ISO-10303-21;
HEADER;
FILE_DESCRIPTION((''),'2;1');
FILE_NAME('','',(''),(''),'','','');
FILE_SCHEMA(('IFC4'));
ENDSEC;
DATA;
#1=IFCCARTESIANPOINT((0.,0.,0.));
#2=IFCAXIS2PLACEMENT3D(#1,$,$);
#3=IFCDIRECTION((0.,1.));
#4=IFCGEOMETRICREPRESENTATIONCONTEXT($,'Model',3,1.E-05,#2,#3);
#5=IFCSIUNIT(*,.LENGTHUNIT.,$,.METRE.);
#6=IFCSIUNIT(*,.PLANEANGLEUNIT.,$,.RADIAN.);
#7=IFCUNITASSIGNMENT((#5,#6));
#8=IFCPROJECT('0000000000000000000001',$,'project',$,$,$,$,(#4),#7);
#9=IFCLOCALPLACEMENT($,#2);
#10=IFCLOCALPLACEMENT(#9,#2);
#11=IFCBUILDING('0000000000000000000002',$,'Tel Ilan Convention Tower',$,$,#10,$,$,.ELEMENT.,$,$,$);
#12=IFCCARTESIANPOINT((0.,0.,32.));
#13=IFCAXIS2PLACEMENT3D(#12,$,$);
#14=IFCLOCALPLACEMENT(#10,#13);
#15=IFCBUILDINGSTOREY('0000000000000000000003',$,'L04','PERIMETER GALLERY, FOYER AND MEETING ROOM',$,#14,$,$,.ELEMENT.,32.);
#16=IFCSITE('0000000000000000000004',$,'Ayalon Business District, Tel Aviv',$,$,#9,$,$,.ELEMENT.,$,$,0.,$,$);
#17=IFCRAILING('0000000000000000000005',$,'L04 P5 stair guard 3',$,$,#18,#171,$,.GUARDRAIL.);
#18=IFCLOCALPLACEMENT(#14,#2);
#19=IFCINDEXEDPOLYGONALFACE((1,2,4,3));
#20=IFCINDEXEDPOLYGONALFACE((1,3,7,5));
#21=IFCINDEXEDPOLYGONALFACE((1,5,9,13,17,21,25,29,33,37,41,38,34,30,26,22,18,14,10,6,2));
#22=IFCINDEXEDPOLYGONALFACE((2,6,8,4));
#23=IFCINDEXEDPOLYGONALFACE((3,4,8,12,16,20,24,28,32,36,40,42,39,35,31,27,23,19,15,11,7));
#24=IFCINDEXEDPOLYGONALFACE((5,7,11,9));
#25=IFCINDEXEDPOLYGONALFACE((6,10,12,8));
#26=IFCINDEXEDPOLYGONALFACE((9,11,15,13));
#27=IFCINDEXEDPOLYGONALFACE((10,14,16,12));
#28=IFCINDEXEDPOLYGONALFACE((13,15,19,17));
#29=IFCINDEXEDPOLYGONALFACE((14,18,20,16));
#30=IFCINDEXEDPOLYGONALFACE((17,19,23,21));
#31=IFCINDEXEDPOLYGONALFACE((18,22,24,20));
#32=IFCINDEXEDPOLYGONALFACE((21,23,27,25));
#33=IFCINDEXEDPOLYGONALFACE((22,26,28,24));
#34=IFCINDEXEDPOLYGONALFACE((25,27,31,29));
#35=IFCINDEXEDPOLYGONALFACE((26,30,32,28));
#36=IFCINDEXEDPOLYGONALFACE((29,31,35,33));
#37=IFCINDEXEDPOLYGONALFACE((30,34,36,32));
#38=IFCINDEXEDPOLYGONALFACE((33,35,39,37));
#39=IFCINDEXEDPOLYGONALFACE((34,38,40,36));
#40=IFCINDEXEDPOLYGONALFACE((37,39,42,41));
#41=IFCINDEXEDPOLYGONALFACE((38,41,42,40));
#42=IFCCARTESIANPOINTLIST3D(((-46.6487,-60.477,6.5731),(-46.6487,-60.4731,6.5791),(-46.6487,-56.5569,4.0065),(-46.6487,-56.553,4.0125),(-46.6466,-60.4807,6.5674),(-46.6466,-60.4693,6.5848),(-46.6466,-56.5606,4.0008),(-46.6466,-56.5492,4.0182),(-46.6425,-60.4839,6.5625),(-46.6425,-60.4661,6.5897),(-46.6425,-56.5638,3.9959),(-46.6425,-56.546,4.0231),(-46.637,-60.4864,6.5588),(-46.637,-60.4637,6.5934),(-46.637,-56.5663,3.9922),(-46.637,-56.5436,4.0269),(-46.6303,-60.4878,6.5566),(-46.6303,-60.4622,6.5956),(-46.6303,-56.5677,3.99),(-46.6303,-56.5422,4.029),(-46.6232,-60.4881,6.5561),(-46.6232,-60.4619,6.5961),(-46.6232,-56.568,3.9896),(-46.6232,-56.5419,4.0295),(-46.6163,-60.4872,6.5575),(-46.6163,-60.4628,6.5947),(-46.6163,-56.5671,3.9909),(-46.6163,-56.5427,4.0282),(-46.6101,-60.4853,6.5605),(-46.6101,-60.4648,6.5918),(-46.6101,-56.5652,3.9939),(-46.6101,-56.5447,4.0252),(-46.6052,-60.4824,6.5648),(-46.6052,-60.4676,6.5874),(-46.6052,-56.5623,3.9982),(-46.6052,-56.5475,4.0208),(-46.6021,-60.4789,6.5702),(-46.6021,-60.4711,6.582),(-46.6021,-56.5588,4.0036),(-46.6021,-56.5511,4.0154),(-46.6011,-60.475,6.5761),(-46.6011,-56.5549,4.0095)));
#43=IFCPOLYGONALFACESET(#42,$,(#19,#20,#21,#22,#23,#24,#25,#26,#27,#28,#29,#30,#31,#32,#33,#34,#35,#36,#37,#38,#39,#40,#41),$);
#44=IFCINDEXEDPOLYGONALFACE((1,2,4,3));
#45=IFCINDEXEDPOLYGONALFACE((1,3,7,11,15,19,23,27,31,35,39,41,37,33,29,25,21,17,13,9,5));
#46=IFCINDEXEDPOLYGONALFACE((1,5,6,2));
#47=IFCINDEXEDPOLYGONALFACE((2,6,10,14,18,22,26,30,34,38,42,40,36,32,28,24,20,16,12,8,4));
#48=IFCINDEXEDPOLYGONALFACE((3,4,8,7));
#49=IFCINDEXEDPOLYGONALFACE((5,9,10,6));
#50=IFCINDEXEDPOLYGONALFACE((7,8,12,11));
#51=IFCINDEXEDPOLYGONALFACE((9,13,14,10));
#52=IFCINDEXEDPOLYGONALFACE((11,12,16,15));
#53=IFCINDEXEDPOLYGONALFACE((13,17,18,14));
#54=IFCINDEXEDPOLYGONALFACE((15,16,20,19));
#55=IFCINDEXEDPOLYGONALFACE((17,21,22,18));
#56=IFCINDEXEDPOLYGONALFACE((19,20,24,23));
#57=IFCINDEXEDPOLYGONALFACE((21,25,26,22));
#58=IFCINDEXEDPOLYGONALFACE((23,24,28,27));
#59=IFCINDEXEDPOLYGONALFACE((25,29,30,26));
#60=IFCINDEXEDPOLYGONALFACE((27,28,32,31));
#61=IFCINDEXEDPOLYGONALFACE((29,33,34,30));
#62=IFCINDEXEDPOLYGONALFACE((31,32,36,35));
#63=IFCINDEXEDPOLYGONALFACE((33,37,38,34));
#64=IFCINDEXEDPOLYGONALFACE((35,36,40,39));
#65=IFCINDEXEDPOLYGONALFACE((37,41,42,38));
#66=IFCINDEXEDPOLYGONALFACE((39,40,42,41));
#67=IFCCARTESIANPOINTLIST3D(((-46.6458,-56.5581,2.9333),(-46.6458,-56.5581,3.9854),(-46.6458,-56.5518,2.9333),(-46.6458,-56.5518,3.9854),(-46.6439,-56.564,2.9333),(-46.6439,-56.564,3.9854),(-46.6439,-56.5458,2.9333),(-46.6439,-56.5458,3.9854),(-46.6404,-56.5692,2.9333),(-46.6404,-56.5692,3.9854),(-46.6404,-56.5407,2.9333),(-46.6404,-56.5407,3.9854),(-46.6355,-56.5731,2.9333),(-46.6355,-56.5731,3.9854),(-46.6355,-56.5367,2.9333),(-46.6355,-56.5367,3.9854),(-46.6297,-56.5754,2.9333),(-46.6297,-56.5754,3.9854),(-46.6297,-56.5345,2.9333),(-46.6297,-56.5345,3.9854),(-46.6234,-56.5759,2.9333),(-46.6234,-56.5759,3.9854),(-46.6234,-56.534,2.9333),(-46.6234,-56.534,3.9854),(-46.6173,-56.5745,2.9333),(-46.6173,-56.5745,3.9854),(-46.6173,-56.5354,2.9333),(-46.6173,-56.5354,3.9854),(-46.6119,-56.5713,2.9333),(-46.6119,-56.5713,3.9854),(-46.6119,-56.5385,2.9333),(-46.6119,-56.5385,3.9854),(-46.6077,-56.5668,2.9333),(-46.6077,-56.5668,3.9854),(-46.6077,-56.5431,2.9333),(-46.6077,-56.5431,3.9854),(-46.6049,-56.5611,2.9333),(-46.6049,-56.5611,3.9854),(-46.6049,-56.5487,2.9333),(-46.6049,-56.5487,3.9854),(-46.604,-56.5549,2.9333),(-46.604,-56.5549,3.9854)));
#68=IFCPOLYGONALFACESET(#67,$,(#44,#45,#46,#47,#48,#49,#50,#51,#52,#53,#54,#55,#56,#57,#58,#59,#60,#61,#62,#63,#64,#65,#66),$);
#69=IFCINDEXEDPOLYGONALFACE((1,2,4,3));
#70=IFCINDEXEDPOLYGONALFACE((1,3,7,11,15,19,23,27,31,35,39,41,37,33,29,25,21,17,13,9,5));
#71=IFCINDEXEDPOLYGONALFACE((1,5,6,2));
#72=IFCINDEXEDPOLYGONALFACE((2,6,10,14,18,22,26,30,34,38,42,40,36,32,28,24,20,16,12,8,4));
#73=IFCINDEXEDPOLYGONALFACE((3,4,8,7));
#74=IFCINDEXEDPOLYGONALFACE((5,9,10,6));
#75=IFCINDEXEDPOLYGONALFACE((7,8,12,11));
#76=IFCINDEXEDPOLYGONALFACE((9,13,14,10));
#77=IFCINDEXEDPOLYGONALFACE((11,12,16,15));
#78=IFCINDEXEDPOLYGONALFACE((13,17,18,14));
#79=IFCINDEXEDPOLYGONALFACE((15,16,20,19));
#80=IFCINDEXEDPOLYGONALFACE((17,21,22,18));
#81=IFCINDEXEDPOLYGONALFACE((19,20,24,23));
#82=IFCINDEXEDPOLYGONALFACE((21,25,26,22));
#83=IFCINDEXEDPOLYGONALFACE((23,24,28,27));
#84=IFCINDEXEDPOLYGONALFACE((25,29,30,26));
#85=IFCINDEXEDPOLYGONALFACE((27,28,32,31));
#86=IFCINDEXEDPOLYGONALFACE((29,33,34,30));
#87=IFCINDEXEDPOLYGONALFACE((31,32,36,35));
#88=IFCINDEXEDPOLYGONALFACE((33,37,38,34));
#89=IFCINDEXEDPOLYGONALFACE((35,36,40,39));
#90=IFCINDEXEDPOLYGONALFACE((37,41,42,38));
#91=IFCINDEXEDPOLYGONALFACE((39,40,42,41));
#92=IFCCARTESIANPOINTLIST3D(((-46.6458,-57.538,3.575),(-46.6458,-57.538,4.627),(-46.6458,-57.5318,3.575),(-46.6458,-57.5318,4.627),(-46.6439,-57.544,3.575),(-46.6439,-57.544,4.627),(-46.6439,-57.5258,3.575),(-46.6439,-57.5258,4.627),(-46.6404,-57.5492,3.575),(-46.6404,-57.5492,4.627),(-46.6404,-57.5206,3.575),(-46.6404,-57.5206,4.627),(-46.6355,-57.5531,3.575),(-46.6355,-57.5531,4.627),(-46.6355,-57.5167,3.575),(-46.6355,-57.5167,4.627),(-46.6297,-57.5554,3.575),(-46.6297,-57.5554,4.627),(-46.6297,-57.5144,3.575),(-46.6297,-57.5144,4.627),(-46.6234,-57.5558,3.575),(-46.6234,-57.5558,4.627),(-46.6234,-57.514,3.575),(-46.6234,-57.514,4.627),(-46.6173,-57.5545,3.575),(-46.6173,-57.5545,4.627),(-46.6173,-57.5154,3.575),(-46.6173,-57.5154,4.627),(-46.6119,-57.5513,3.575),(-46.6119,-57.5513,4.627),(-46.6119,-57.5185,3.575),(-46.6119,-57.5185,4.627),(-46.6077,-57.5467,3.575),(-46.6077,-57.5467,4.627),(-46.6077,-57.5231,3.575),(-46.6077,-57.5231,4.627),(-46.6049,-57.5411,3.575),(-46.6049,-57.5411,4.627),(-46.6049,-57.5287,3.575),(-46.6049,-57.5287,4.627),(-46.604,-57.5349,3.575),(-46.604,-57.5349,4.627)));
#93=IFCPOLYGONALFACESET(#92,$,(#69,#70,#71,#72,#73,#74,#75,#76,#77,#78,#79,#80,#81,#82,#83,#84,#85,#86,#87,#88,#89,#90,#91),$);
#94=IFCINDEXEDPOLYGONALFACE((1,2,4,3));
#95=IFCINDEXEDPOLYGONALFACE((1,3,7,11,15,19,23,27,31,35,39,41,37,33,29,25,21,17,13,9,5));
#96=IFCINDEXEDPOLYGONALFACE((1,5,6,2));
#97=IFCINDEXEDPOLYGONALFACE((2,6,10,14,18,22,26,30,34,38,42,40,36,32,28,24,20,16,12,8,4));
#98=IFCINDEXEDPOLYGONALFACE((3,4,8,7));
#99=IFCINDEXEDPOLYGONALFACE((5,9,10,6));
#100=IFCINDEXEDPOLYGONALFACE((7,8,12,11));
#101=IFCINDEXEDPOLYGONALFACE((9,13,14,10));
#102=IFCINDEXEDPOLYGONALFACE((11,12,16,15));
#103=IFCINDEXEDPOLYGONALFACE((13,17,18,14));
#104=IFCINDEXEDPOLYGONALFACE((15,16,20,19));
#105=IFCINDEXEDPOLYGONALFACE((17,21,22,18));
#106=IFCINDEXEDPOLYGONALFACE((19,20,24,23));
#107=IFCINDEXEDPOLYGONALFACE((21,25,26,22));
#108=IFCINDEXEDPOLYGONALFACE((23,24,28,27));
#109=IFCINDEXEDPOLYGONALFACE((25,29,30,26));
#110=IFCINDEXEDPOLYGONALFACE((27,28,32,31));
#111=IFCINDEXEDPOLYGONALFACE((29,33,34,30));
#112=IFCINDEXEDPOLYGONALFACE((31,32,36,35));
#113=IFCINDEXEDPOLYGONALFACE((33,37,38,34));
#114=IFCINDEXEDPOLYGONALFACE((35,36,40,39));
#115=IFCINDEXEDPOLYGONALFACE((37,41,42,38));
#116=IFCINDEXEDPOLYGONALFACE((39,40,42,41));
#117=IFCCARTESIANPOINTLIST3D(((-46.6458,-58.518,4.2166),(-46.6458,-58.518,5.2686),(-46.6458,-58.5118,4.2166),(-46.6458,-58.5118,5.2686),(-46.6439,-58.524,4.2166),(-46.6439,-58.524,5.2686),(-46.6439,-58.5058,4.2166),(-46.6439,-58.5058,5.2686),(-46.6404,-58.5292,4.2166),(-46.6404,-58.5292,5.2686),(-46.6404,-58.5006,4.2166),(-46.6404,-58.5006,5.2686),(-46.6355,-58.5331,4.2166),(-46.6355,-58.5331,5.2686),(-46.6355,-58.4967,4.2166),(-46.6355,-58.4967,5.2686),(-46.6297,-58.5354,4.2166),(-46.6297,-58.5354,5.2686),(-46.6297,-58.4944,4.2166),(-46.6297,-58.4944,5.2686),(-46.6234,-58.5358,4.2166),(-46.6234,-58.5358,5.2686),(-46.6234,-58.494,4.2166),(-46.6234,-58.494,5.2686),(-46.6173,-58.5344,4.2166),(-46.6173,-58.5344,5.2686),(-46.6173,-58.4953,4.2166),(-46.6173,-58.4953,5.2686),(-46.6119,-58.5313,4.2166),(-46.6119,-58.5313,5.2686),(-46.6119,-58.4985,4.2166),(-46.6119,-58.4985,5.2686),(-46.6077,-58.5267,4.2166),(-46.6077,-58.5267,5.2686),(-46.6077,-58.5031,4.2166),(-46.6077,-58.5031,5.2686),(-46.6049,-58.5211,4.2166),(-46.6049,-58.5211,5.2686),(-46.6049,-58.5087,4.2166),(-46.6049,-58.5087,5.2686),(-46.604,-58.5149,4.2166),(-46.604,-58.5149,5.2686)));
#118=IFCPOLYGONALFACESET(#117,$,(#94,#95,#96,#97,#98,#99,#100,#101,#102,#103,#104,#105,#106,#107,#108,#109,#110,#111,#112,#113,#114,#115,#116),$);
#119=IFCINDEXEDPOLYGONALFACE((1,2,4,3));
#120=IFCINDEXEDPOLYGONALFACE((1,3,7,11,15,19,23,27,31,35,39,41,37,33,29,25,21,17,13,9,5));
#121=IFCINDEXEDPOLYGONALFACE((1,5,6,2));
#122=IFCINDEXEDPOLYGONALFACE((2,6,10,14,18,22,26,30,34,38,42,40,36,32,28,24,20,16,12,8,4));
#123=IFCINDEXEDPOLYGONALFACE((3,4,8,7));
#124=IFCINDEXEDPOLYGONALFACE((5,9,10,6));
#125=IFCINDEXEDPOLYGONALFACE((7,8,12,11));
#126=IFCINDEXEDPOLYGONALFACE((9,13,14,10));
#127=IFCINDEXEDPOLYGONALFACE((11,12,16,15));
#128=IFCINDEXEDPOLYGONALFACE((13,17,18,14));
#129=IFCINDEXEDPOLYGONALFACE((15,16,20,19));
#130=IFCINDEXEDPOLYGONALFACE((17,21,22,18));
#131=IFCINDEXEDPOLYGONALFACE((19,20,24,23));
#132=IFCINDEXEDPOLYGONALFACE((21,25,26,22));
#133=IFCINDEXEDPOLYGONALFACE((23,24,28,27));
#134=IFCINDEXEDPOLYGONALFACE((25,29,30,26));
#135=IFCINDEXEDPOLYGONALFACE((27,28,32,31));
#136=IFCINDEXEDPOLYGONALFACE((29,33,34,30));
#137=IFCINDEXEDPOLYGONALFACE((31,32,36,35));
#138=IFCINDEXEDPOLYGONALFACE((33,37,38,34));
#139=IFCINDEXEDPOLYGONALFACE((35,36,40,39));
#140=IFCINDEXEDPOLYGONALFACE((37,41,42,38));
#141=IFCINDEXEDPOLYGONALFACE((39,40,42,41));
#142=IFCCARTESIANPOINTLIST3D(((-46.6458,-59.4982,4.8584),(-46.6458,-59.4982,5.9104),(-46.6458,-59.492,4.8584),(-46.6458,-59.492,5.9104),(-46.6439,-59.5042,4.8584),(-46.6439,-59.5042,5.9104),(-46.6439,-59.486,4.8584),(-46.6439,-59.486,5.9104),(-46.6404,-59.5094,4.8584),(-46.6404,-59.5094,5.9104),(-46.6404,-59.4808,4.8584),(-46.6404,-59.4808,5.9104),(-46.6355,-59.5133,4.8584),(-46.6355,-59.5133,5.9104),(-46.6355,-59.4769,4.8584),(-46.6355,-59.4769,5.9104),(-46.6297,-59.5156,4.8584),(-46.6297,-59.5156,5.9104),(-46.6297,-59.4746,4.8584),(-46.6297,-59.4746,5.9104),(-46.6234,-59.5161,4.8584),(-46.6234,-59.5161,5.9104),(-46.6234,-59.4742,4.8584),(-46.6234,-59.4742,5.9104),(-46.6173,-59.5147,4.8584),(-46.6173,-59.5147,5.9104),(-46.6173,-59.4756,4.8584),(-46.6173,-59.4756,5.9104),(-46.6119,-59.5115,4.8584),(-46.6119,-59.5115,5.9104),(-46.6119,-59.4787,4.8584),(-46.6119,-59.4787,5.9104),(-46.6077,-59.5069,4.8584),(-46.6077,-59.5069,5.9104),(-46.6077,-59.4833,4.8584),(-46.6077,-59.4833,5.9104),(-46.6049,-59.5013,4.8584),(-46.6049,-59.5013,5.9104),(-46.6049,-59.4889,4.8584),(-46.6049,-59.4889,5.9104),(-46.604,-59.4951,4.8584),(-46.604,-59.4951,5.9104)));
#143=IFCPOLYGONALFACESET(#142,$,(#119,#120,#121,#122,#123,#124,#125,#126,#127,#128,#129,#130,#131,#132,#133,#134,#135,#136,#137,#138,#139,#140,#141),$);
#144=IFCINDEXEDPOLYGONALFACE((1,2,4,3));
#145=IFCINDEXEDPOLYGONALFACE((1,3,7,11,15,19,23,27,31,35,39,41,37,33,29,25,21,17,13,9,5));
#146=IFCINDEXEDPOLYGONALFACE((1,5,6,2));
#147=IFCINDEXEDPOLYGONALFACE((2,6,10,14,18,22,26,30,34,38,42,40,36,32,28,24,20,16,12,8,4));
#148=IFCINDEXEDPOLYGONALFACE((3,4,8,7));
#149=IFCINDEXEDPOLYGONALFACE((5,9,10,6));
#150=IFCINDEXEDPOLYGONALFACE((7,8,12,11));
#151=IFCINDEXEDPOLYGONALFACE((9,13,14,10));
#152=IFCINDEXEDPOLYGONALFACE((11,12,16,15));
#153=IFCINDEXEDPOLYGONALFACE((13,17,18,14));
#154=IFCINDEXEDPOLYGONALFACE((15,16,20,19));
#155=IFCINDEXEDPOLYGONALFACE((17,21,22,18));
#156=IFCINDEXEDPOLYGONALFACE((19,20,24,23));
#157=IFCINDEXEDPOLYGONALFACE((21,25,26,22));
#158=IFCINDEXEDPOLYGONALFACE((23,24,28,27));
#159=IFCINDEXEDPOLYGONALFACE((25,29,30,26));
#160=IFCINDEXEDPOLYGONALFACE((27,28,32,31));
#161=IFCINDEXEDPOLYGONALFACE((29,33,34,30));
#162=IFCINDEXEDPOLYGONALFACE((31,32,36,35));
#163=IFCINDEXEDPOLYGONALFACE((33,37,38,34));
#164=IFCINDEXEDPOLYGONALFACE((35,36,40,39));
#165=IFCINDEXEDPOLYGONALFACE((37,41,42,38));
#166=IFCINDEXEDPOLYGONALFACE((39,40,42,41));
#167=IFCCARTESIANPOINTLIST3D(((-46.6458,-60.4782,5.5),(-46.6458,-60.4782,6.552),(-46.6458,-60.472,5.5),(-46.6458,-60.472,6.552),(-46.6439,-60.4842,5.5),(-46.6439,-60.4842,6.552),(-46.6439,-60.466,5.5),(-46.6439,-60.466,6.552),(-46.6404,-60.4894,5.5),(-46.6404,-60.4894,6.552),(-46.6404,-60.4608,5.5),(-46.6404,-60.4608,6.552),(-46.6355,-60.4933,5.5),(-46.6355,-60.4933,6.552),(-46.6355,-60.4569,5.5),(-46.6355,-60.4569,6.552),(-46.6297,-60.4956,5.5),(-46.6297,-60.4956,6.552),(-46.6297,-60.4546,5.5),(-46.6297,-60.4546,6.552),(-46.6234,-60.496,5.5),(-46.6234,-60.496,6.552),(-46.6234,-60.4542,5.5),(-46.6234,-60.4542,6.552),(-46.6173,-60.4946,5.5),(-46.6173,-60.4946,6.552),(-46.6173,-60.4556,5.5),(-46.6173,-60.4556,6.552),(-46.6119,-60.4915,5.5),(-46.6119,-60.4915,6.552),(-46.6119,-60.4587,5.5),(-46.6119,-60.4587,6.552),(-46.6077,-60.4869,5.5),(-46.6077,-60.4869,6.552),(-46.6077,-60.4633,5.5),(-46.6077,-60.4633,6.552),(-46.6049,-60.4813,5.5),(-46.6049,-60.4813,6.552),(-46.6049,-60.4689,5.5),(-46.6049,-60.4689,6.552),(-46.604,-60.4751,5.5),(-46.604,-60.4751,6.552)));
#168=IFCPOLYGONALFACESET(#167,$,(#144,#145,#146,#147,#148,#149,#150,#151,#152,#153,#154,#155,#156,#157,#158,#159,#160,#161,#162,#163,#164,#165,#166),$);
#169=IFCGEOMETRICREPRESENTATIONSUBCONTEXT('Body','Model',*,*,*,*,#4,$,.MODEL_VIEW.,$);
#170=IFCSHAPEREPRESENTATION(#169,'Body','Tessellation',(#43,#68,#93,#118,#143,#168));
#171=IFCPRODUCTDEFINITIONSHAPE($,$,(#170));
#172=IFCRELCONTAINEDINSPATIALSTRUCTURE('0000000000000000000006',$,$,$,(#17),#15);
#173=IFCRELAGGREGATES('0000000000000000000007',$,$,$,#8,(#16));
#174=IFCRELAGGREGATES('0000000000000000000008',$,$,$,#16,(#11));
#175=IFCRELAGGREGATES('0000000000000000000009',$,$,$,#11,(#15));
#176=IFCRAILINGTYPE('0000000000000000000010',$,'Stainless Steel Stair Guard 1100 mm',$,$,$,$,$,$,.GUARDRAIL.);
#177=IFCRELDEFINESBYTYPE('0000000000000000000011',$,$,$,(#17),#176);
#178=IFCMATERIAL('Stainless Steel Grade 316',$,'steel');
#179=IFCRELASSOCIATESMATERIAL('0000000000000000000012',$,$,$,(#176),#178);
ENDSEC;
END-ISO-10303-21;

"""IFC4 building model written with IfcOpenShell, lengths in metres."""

from ifc_helpers import new_model, si_unit, direction, frame, origin, origin_2d, place, context, subcontext, project, spatial, circle, extrude, material, type_object, element, save


model = new_model("IFC4")

# Units and contexts
model_context = context("Model", 3, precision=1e-05, world=origin(), true_north=direction((0.0, 1.0)))
body_context = subcontext(model_context, "Body", "Model", "MODEL_VIEW")
ifc_project = project(units=[si_unit("LENGTHUNIT", "METRE"), si_unit("PLANEANGLEUNIT", "RADIAN")], contexts=[model_context])

# Site, building, storey
site_placement = place(None, origin())
site = spatial("IfcSite", under=ifc_project, at=site_placement, Name="Ayalon Business District, Tel Aviv", CompositionType="ELEMENT", RefElevation=0.0)
building_placement = place(site_placement, origin())
building = spatial("IfcBuilding", under=site, at=building_placement, Name="Tel Ilan Convention Tower", CompositionType="ELEMENT")
storey_placement = place(building_placement, frame((0.0, 0.0, 32.0)))
storey = spatial("IfcBuildingStorey", under=building, at=storey_placement, Name="L04", Description="PERIMETER GALLERY, FOYER AND MEETING ROOM", CompositionType="ELEMENT", Elevation=32.0)

# Railing
ifc_material_1 = material(Name="Stainless Steel Grade 316", Category="steel")
railing_type_1 = type_object("IfcRailingType", Name="Stainless Steel Stair Guard 1100 mm", PredefinedType="GUARDRAIL", material=ifc_material_1)
railing_1_placement = place(storey_placement, frame((-46.625, -56.5549, 2.9333)))
element("IfcRailing", 1, at=railing_1_placement, inside=storey, type_object=railing_type_1, Name="L04 P5 stair guard 3", PredefinedType="GUARDRAIL", context=body_context, shape_type="SweptSolid", body=[
    extrude(circle(Radius=0.0239, at=origin_2d()), frame((0.0, 0.0, 1.0762), z_axis=(0.0, -0.836631, 0.547767), x_axis=(1.0, 0.0, 0.0)), (0.0, 0.0, 1.0), 4.6855),
    extrude(circle(Radius=0.021, at=origin_2d()), origin(), (0.0, 0.0, 1.0), 1.052),
    extrude(circle(Radius=0.021, at=origin_2d()), frame((0.0, -0.98, 0.6416)), (0.0, 0.0, 1.0), 1.052),
    extrude(circle(Radius=0.021, at=origin_2d()), frame((0.0, -1.96, 1.2832)), (0.0, 0.0, 1.0), 1.052),
    extrude(circle(Radius=0.021, at=origin_2d()), frame((0.0, -2.9402, 1.925)), (0.0, 0.0, 1.0), 1.052),
    extrude(circle(Radius=0.021, at=origin_2d()), frame((0.0, -3.9202, 2.5667)), (0.0, 0.0, 1.0), 1.052),
])

save(model, "model.ifc")
